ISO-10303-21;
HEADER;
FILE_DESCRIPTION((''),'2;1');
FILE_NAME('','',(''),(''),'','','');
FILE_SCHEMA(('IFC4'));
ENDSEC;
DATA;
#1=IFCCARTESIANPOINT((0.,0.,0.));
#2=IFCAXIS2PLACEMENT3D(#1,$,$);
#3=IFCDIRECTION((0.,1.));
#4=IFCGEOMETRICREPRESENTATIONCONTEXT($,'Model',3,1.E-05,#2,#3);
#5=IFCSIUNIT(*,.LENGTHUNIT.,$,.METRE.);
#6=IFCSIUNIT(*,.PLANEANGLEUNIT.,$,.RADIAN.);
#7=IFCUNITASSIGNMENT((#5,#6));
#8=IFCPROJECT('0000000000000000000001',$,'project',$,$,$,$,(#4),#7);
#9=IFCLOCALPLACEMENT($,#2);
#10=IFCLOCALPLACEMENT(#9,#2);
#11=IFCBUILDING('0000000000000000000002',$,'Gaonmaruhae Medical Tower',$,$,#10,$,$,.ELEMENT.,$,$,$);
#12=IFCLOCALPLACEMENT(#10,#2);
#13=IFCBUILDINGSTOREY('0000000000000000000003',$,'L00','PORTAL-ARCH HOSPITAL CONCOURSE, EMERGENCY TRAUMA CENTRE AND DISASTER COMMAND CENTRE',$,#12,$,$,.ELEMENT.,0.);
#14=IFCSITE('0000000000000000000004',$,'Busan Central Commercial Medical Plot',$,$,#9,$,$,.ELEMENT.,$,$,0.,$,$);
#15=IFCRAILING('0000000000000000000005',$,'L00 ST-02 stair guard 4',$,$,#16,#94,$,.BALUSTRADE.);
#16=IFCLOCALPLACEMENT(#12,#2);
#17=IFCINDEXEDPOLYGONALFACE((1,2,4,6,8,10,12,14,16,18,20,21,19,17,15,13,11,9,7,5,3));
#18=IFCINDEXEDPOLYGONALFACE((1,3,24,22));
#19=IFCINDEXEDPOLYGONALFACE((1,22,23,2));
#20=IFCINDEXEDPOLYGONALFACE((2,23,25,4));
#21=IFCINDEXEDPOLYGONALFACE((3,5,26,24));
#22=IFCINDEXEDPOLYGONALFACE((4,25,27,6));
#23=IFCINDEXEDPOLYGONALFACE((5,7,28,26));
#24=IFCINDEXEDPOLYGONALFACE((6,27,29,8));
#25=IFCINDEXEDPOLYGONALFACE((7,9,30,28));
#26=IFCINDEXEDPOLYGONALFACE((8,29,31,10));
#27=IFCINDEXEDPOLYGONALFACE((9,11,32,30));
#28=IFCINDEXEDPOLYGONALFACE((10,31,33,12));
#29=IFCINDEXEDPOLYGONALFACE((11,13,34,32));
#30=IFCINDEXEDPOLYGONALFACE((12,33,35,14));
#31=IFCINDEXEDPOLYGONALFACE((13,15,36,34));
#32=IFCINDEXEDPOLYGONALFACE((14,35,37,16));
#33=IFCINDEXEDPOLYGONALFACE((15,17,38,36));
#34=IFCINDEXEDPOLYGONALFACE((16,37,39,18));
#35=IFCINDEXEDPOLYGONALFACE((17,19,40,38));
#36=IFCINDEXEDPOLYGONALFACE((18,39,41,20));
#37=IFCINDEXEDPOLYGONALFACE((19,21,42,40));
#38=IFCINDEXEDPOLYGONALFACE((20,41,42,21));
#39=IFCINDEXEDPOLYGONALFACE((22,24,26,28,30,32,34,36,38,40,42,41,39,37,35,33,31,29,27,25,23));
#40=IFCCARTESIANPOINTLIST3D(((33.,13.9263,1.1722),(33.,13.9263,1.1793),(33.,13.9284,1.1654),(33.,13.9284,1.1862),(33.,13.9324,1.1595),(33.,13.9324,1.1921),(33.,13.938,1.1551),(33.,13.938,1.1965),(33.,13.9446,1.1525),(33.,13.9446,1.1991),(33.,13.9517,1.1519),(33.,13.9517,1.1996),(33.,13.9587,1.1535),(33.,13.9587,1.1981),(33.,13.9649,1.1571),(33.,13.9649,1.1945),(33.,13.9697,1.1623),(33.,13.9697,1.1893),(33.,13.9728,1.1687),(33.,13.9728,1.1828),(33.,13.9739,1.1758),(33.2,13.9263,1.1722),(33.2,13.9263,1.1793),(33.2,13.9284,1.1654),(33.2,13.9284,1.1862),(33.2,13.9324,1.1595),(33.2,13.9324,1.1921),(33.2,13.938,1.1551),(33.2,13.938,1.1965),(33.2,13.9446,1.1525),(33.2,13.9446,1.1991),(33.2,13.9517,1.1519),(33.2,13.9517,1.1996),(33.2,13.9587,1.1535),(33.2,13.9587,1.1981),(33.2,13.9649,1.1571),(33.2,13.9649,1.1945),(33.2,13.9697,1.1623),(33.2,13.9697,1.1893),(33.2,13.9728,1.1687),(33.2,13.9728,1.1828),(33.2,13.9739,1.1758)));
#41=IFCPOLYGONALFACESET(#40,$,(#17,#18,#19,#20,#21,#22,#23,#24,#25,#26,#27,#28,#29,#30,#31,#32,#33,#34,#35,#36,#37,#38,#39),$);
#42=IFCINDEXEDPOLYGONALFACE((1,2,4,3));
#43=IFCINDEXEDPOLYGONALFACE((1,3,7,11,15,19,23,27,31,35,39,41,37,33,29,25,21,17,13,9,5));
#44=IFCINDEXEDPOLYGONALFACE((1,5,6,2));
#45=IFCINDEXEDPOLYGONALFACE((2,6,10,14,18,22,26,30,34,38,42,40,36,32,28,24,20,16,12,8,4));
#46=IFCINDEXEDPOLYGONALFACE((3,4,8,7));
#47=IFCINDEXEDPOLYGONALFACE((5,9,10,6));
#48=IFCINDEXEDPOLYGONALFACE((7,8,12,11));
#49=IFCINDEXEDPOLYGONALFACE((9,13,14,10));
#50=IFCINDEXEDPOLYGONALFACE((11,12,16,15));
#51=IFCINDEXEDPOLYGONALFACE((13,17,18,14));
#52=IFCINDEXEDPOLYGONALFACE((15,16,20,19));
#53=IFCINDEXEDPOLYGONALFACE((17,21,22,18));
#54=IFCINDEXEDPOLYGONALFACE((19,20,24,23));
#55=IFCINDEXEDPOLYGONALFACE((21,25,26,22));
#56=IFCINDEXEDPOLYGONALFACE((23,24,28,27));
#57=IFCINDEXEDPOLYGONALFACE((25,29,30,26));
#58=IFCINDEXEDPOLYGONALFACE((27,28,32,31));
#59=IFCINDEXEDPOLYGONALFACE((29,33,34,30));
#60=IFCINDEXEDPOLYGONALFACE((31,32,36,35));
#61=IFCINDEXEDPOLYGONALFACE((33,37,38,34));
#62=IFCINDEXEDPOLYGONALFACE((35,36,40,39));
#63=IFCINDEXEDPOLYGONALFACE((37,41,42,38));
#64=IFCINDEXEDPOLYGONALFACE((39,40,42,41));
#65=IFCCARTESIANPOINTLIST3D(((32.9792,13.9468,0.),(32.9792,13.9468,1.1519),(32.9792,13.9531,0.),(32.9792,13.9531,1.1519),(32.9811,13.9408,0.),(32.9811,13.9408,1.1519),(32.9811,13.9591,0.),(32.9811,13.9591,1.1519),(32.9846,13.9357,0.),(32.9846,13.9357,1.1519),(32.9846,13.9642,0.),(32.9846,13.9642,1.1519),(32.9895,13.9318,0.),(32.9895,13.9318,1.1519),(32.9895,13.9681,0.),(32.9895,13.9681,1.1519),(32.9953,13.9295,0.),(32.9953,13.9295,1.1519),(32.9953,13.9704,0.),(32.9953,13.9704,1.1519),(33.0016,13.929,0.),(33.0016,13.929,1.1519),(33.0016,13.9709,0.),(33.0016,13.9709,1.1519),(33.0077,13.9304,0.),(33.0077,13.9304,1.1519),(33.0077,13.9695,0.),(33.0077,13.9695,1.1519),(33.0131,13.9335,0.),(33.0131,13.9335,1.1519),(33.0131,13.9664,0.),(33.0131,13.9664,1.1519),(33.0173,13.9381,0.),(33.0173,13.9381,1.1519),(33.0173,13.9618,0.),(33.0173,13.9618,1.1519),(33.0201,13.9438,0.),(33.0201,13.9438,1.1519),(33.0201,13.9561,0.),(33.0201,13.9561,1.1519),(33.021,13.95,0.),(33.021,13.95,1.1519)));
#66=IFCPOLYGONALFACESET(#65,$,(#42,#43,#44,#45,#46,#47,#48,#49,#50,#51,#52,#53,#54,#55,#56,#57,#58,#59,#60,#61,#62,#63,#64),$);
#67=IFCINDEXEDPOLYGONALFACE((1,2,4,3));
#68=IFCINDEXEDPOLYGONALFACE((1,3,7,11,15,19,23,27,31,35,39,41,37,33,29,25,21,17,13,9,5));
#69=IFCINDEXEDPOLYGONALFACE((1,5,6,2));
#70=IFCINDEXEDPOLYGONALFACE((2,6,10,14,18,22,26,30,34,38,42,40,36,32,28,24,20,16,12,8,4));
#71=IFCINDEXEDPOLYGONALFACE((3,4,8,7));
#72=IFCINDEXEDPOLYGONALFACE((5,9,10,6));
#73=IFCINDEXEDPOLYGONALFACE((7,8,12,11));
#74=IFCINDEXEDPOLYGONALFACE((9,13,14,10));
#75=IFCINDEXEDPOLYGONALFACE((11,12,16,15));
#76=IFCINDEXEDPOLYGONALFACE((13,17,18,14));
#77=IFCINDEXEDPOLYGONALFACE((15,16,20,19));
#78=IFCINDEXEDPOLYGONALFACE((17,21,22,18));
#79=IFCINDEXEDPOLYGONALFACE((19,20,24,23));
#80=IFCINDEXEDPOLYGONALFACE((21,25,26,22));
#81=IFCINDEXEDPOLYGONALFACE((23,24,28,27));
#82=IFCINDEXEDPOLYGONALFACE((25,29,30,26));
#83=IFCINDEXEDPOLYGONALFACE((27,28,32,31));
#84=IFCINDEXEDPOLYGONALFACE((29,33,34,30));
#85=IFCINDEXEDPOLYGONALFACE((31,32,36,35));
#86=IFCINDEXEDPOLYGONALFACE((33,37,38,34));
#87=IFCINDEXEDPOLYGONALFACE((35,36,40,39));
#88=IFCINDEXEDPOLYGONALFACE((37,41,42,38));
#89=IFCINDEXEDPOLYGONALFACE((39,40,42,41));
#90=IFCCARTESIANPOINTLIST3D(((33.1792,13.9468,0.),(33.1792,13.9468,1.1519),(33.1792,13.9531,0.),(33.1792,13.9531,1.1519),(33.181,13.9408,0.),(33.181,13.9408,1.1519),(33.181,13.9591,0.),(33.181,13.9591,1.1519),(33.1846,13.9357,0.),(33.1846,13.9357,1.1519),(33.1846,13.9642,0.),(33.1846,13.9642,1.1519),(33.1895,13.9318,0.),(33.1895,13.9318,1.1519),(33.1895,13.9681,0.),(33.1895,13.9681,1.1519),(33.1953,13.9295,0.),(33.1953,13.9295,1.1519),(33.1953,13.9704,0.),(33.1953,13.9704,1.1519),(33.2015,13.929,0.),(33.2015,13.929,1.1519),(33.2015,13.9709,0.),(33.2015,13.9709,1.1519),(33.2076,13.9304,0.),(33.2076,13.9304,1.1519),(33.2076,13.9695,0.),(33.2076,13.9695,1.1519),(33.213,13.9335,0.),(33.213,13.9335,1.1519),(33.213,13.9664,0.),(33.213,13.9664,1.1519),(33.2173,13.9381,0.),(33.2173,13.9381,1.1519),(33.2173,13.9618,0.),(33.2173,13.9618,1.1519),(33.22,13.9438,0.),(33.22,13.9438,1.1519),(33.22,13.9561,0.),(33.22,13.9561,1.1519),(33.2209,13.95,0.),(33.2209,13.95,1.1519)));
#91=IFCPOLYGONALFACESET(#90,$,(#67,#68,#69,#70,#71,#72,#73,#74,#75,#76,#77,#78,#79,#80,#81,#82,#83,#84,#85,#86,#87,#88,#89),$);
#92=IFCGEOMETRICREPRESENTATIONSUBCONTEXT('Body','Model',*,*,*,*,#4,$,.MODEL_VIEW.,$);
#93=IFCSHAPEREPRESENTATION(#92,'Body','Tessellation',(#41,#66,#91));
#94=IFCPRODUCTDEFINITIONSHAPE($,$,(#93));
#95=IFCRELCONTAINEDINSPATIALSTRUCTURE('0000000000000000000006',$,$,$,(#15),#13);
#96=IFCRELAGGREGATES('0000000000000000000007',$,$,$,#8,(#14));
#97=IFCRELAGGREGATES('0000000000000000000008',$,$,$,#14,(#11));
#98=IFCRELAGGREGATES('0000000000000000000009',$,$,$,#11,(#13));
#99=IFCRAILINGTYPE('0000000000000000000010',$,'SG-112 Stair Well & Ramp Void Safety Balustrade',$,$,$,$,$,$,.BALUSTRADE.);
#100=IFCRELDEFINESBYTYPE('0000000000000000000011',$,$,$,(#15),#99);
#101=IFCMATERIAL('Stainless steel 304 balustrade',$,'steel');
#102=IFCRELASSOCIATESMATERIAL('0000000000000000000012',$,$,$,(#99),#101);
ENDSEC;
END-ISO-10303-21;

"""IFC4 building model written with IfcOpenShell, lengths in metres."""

from ifc_helpers import new_model, si_unit, direction, frame, origin, origin_2d, place, context, subcontext, project, spatial, circle, extrude, material, type_object, element, save


model = new_model("IFC4")

# Units and contexts
model_context = context("Model", 3, precision=1e-05, world=origin(), true_north=direction((0.0, 1.0)))
body_context = subcontext(model_context, "Body", "Model", "MODEL_VIEW")
ifc_project = project(units=[si_unit("LENGTHUNIT", "METRE"), si_unit("PLANEANGLEUNIT", "RADIAN")], contexts=[model_context])

# Site, building, storey
site_placement = place(None, origin())
site = spatial("IfcSite", under=ifc_project, at=site_placement, Name="Busan Central Commercial Medical Plot", CompositionType="ELEMENT", RefElevation=0.0)
building_placement = place(site_placement, origin())
building = spatial("IfcBuilding", under=site, at=building_placement, Name="Gaonmaruhae Medical Tower", CompositionType="ELEMENT")
storey_placement = place(building_placement, origin())
storey = spatial("IfcBuildingStorey", under=building, at=storey_placement, Name="L00", Description="PORTAL-ARCH HOSPITAL CONCOURSE, EMERGENCY TRAUMA CENTRE AND DISASTER COMMAND CENTRE", CompositionType="ELEMENT", Elevation=0.0)

# Railing
ifc_material_1 = material(Name="Stainless steel 304 balustrade", Category="steel")
railing_type_1 = type_object("IfcRailingType", Name="SG-112 Stair Well & Ramp Void Safety Balustrade", PredefinedType="BALUSTRADE", material=ifc_material_1)
railing_1_placement = place(storey_placement, frame((33.0, 13.95, 0.0)))
element("IfcRailing", 1, at=railing_1_placement, inside=storey, type_object=railing_type_1, Name="L00 ST-02 stair guard 4", PredefinedType="BALUSTRADE", context=body_context, shape_type="SweptSolid", body=[
    extrude(circle(Radius=0.0239, at=origin_2d()), frame((0.0, 0.0, 1.1758), z_axis=(1.0, 0.0, 0.0), x_axis=(0.0, 1.0, 0.0)), (0.0, 0.0, 1.0), 0.2),
    extrude(circle(Radius=0.021, at=origin_2d()), origin(), (0.0, 0.0, 1.0), 1.1519),
    extrude(circle(Radius=0.021, at=origin_2d()), frame((0.2, 0.0, 0.0)), (0.0, 0.0, 1.0), 1.1519),
])

save(model, "model.ifc")
